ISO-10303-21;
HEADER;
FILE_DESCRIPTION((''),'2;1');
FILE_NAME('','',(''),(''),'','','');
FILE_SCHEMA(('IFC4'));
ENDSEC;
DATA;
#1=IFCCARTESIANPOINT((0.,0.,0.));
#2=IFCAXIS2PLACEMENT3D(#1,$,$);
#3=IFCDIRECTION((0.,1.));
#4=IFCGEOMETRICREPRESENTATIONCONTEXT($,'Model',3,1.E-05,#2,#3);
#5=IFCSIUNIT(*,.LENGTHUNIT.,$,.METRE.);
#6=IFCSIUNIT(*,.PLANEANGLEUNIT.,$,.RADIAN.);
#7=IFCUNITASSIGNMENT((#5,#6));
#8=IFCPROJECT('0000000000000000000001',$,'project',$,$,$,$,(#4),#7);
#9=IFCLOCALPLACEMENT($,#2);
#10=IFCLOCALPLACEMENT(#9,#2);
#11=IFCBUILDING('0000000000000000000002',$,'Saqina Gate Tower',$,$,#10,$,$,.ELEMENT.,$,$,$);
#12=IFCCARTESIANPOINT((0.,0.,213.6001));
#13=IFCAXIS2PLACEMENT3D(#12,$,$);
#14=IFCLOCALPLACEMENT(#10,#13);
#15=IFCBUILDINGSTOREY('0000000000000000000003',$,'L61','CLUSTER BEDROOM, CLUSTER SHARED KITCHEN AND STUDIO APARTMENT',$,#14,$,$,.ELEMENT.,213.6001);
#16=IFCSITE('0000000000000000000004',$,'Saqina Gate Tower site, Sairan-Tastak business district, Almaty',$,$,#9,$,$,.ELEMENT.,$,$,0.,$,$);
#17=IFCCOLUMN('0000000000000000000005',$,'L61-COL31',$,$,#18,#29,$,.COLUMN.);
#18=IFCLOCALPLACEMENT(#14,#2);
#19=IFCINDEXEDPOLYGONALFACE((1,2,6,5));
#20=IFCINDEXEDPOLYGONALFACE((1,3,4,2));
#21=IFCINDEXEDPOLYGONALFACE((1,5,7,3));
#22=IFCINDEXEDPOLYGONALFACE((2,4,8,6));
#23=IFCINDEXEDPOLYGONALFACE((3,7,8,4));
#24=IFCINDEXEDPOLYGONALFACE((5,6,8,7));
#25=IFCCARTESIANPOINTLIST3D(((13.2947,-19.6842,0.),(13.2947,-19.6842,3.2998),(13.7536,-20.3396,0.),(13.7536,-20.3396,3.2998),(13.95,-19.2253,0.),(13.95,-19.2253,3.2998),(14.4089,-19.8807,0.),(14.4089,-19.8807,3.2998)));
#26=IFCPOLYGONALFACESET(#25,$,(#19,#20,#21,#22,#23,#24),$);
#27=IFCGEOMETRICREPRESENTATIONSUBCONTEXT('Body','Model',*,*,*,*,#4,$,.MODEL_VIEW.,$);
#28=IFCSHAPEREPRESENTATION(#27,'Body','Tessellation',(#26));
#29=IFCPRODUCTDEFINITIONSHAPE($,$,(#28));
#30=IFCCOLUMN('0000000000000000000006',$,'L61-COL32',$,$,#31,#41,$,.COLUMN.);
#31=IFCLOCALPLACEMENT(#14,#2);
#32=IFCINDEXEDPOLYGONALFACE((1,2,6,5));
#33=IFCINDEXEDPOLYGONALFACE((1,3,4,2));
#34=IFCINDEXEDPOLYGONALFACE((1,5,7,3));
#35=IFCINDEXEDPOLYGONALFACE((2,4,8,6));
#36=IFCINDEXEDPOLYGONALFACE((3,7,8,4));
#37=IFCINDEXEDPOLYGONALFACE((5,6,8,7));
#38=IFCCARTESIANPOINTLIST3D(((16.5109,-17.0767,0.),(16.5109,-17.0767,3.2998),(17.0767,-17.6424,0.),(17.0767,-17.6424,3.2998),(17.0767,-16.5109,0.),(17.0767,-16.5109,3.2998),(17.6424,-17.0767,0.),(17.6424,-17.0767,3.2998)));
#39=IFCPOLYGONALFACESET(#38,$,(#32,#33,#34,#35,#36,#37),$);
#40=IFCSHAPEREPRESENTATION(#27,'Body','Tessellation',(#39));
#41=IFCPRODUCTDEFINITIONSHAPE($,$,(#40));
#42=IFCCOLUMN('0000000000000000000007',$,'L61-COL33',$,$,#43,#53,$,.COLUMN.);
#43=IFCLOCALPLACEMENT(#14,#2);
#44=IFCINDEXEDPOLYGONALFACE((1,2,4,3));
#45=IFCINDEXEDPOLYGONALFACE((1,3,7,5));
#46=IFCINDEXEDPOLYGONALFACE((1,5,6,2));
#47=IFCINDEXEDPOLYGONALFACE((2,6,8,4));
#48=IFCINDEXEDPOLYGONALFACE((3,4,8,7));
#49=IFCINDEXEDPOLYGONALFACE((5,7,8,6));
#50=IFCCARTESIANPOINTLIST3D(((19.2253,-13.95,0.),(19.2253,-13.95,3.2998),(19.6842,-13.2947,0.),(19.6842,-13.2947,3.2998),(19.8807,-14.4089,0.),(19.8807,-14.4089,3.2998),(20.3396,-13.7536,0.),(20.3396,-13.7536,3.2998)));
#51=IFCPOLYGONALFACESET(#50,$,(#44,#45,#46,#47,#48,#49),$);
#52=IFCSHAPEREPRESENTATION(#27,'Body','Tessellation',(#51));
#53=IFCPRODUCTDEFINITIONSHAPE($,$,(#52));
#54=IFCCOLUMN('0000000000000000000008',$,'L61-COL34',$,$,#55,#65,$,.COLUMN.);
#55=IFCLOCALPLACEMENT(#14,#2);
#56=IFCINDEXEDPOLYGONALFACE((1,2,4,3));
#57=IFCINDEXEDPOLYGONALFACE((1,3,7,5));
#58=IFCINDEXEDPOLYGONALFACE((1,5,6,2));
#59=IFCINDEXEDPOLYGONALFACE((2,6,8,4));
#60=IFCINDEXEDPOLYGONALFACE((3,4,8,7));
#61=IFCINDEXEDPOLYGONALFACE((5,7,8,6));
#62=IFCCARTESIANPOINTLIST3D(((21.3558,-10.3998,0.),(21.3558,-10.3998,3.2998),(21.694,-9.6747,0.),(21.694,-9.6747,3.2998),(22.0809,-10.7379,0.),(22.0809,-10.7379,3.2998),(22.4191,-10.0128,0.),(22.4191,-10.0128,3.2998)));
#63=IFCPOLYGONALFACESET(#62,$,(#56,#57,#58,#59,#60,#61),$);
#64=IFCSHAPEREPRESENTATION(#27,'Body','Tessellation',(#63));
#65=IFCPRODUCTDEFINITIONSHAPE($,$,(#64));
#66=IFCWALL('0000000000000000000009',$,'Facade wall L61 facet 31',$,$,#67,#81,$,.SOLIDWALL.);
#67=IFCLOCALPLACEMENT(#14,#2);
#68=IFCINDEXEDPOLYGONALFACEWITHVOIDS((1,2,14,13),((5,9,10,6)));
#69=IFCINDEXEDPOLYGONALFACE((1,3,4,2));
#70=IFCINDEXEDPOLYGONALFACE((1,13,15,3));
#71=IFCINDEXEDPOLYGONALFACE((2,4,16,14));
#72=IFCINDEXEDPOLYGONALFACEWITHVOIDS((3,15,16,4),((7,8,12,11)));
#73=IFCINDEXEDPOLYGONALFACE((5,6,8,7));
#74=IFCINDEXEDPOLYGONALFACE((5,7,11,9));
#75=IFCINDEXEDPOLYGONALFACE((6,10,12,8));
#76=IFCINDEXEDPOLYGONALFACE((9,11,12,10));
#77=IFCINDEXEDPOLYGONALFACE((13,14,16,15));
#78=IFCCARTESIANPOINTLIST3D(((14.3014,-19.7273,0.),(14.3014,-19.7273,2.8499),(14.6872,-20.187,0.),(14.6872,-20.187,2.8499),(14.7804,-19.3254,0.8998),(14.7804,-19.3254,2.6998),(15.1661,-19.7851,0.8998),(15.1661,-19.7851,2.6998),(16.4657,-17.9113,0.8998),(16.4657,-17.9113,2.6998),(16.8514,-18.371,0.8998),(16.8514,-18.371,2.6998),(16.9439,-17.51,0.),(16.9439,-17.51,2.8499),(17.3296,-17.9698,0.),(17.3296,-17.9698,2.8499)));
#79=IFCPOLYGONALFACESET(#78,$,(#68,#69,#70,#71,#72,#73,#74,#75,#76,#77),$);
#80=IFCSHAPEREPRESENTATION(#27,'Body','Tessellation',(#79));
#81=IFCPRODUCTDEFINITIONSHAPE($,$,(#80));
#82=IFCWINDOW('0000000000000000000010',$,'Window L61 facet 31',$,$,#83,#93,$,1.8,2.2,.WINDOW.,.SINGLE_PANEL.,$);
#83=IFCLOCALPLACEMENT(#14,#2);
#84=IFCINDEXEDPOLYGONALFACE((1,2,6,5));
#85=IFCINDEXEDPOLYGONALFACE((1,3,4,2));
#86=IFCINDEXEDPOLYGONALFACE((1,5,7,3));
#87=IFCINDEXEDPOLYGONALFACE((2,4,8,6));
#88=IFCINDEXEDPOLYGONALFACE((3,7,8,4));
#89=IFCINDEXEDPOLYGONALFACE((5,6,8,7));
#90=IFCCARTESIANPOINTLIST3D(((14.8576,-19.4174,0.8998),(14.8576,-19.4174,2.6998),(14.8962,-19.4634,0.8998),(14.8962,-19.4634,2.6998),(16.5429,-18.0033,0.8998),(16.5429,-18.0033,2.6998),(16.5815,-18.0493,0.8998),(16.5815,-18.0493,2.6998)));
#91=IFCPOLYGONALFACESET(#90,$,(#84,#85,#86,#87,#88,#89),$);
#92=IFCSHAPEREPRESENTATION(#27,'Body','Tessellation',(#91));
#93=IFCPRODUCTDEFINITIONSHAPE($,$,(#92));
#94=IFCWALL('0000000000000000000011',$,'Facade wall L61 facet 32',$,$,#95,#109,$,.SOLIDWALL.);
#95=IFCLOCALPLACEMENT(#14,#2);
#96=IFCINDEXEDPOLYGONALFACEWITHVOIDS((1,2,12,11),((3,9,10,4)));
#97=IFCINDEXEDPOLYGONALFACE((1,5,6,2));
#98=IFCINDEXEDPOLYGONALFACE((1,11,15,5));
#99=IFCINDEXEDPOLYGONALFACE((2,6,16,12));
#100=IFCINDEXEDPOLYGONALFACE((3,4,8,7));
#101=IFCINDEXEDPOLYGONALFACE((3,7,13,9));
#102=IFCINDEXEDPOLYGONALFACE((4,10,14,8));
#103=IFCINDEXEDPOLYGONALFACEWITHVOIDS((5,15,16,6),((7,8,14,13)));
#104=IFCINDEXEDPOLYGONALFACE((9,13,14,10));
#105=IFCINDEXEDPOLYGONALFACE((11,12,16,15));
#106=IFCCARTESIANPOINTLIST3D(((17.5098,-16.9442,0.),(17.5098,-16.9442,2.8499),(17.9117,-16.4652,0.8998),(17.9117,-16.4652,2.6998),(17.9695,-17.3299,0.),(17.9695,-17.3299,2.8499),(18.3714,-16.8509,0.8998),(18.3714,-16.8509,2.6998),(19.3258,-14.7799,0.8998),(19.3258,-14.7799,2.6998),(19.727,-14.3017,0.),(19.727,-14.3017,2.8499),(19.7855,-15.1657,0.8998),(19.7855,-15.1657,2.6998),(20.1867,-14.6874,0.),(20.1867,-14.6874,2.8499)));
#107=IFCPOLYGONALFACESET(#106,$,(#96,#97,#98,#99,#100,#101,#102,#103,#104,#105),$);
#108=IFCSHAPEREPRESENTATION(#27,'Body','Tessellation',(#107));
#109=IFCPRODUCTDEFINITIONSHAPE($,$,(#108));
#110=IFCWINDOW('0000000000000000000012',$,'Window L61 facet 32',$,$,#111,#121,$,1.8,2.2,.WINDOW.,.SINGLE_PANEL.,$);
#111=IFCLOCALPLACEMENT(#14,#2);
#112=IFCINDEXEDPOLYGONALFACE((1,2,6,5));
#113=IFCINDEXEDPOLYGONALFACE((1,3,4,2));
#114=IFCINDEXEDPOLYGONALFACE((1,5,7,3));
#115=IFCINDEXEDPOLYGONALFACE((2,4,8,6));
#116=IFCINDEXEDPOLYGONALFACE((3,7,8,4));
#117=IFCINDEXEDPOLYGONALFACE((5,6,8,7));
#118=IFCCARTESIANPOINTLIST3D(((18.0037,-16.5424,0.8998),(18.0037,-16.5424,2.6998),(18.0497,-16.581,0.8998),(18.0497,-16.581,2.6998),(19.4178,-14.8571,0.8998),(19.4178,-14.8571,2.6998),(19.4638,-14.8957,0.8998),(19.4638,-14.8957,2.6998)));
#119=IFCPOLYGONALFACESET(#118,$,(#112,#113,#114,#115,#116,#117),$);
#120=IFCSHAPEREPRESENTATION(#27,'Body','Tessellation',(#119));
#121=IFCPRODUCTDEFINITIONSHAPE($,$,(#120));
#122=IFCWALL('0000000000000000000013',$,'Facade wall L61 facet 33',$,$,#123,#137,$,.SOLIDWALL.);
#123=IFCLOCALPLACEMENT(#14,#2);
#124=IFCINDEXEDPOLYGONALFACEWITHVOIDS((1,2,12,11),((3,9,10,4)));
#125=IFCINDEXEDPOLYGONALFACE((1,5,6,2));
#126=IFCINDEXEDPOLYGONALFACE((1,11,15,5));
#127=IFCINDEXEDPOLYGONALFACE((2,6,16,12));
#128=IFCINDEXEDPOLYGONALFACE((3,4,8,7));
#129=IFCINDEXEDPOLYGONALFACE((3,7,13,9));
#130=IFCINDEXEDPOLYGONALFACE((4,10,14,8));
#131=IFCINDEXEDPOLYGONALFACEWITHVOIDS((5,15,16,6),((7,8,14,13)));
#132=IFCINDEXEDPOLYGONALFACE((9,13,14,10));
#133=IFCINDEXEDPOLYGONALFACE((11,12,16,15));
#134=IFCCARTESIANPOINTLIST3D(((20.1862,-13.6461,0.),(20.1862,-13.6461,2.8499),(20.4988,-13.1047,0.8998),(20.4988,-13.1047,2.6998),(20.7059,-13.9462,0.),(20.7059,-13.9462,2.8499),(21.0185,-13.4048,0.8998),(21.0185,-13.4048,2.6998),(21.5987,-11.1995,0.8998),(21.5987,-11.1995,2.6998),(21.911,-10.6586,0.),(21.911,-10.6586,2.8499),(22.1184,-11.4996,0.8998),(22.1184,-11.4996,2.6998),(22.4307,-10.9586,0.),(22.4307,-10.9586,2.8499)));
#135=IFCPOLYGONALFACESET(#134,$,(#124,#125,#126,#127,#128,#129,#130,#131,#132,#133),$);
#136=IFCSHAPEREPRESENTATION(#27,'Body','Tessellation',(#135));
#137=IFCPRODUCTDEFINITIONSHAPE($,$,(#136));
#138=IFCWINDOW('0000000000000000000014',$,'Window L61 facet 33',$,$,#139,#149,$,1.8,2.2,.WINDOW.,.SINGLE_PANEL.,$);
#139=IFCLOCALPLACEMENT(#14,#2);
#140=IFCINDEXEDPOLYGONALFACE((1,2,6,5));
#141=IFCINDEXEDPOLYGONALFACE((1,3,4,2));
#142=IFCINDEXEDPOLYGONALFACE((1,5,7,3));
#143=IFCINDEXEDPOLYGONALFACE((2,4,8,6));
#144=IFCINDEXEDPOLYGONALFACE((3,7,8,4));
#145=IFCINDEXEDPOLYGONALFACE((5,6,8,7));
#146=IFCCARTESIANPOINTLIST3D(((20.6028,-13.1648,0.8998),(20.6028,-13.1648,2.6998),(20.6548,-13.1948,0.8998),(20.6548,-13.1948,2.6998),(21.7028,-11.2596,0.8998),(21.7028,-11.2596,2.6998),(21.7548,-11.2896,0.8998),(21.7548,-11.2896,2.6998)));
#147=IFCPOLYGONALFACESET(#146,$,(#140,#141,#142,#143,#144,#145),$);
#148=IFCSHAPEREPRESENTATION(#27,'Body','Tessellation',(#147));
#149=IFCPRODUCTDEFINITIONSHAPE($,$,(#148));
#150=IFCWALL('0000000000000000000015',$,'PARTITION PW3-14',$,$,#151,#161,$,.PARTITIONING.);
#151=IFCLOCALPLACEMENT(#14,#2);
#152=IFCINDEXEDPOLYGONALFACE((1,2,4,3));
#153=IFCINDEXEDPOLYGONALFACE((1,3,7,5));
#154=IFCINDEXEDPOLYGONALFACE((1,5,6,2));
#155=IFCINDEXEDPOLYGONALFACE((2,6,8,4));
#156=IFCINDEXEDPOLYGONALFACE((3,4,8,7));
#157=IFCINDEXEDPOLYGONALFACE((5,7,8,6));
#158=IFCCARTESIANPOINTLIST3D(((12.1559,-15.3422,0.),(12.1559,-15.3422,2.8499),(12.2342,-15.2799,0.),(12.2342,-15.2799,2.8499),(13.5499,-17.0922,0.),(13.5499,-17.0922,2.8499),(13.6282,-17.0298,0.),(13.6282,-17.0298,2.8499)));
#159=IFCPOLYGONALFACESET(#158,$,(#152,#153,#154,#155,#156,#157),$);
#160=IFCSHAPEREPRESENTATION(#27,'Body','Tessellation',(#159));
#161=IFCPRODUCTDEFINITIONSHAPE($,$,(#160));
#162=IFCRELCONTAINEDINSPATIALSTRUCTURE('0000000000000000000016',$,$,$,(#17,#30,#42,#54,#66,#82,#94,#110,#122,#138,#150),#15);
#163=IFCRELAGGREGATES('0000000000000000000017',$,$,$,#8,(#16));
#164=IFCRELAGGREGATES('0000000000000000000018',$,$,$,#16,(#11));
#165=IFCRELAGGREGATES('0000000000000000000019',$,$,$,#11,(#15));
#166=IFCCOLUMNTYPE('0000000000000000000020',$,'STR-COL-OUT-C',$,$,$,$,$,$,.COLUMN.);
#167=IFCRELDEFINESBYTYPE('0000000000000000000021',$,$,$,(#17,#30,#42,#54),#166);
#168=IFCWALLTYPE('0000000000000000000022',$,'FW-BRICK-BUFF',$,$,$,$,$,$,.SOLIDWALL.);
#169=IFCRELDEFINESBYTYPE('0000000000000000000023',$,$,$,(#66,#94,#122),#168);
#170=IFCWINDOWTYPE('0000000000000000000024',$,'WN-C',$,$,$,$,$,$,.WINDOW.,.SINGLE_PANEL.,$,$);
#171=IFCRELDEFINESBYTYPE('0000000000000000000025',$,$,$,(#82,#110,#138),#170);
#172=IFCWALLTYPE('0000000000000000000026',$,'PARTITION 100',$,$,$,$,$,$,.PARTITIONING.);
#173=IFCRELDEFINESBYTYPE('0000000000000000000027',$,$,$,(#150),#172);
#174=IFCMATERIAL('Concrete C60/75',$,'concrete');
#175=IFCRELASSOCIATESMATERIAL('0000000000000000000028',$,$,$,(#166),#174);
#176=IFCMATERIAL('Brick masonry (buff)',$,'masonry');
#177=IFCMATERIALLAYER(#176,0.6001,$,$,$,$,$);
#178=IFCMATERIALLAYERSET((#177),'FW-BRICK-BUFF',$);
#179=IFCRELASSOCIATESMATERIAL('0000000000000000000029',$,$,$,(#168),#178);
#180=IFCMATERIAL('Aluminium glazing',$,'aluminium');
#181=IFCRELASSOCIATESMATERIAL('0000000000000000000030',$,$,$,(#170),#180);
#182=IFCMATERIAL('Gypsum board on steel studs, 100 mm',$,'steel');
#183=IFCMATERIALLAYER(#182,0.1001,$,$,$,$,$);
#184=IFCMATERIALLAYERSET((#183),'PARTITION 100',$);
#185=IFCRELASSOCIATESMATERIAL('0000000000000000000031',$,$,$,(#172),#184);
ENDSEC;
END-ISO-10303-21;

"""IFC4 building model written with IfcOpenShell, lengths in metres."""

from ifc_helpers import new_model, si_unit, direction, frame, frame_2d, origin, origin_2d, place, context, subcontext, project, spatial, rectangle, extrude, material, layer, layer_set, material_profile, profile_set, type_object, element, fill, save


model = new_model("IFC4")

# Units and contexts
model_context = context("Model", 3, precision=1e-05, world=origin(), true_north=direction((0.0, 1.0)))
body_context = subcontext(model_context, "Body", "Model", "MODEL_VIEW")
ifc_project = project(units=[si_unit("LENGTHUNIT", "METRE"), si_unit("PLANEANGLEUNIT", "RADIAN")], contexts=[model_context])

# Site, building, storey
site_placement = place(None, origin())
site = spatial("IfcSite", under=ifc_project, at=site_placement, Name="Saqina Gate Tower site, Sairan-Tastak business district, Almaty", CompositionType="ELEMENT", RefElevation=0.0)
building_placement = place(site_placement, origin())
building = spatial("IfcBuilding", under=site, at=building_placement, Name="Saqina Gate Tower", CompositionType="ELEMENT")
storey_placement = place(building_placement, frame((0.0, 0.0, 213.6001)))
storey = spatial("IfcBuildingStorey", under=building, at=storey_placement, Name="L61", Description="CLUSTER BEDROOM, CLUSTER SHARED KITCHEN AND STUDIO APARTMENT", CompositionType="ELEMENT", Elevation=213.6001)

# Columns
ifc_material_1 = material(Name="Concrete C60/75", Category="concrete")
ifc_material_profile = material_profile(ifc_material_1, rectangle(XDim=0.8, YDim=0.8, at=origin_2d()), Name="RC 800x800")
ifc_profile_set = profile_set([ifc_material_profile], Name="Concrete C60/75")
column_type = type_object("IfcColumnType", Name="STR-COL-OUT-C", PredefinedType="COLUMN", material=ifc_profile_set)
for number, where, z_axis, x_axis, name in (
    (1, (13.8518, -19.7825, 0.0), (0.0, 0.0, 1.0), (0.573576, -0.819152, 0.0), "L61-COL31"),
    (2, (17.0767, -17.0767, 0.0), (0.0, 0.0, 1.0), (0.707107, -0.707107, 0.0), "L61-COL32"),
    (3, (19.7825, -13.8518, 0.0), (0.0, 0.0, 1.0), (0.819152, -0.573576, 0.0), "L61-COL33"),
    (4, (21.8875, -10.2063, 0.0), (0.0, 0.0, 1.0), (0.906308, -0.422618, 0.0), "L61-COL34"),
):
    element("IfcColumn", number, at=place(storey_placement, frame(where, z_axis=z_axis, x_axis=x_axis)), inside=storey, type_object=column_type, Name=name, PredefinedType="COLUMN", context=body_context, shape_type="SweptSolid", body=[
        extrude(rectangle(XDim=0.8, YDim=0.8, at=origin_2d()), origin(), (0.0, 0.0, 1.0), 3.2998),
    ])

# Walls, openings, windows
ifc_material_2 = material(Name="Brick masonry (buff)", Category="masonry")
ifc_layer_1 = layer(ifc_material_2, 0.6001)
ifc_layer_set_1 = layer_set([ifc_layer_1], Name="FW-BRICK-BUFF")
wall_type_1 = type_object("IfcWallType", Name="FW-BRICK-BUFF", PredefinedType="SOLIDWALL", material=ifc_layer_set_1)
wall_1_placement = place(storey_placement, frame((14.4944, -19.957, 0.0), z_axis=(0.0, 0.0, 1.0), x_axis=(0.766059, 0.64277, 0.0)))
wall_1 = element("IfcWall", 5, at=wall_1_placement, inside=storey, type_object=wall_type_1, Name="Facade wall L61 facet 31", PredefinedType="SOLIDWALL", context=body_context, shape_type="SweptSolid", body=[
    extrude(rectangle(XDim=3.4495, YDim=0.6001, at=frame_2d((1.7246, 0.0))), origin(), (0.0, 0.0, 1.0), 2.8499),
])
opening_1_placement = place(wall_1_placement, frame((0.625, 0.0, 0.8999)))
opening_1 = element("IfcOpeningElement", 6, at=opening_1_placement, cuts=wall_1, PredefinedType="OPENING", context=body_context, shape_type="SweptSolid", body=[
    extrude(rectangle(XDim=2.2, YDim=1.8, at=frame_2d((1.1001, 0.8999))), frame((0.0, 0.312, 0.0), z_axis=(0.0, -1.0, 0.0), x_axis=(1.0, 0.0, 0.0)), (0.0, 0.0, 1.0), 0.624),
])
ifc_material_3 = material(Name="Aluminium glazing", Category="aluminium")
window_type = type_object("IfcWindowType", Name="WN-C", PartitioningType="SINGLE_PANEL", PredefinedType="WINDOW", material=ifc_material_3)
window_1_placement = place(opening_1_placement, origin())
window_1 = element("IfcWindow", 7, at=window_1_placement, inside=storey, type_object=window_type, Name="Window L61 facet 31", OverallHeight=1.8, OverallWidth=2.2, PartitioningType="SINGLE_PANEL", PredefinedType="WINDOW", context=body_context, shape_type="SweptSolid", body=[
    extrude(rectangle(XDim=2.2, YDim=1.8, at=frame_2d((1.1001, 0.8999))), frame((0.0, 0.1799, 0.0), z_axis=(0.0, -1.0, 0.0), x_axis=(1.0, 0.0, 0.0)), (0.0, 0.0, 1.0), 0.0601),
])
fill(opening_1, window_1)
wall_2_placement = place(storey_placement, frame((17.7397, -17.137, 0.0), z_axis=(0.0, 0.0, 1.0), x_axis=(0.64277, 0.766059, 0.0)))
wall_2 = element("IfcWall", 8, at=wall_2_placement, inside=storey, type_object=wall_type_1, Name="Facade wall L61 facet 32", PredefinedType="SOLIDWALL", context=body_context, shape_type="SweptSolid", body=[
    extrude(rectangle(XDim=3.4495, YDim=0.6001, at=frame_2d((1.7246, 0.0))), origin(), (0.0, 0.0, 1.0), 2.8499),
])
opening_2_placement = place(wall_2_placement, frame((0.625, 0.0, 0.8999)))
opening_2 = element("IfcOpeningElement", 9, at=opening_2_placement, cuts=wall_2, PredefinedType="OPENING", context=body_context, shape_type="SweptSolid", body=[
    extrude(rectangle(XDim=2.2, YDim=1.8, at=frame_2d((1.1001, 0.8999))), frame((0.0, 0.312, 0.0), z_axis=(0.0, -1.0, 0.0), x_axis=(1.0, 0.0, 0.0)), (0.0, 0.0, 1.0), 0.624),
])
window_2_placement = place(opening_2_placement, origin())
window_2 = element("IfcWindow", 10, at=window_2_placement, inside=storey, type_object=window_type, Name="Window L61 facet 32", OverallHeight=1.8, OverallWidth=2.2, PartitioningType="SINGLE_PANEL", PredefinedType="WINDOW", context=body_context, shape_type="SweptSolid", body=[
    extrude(rectangle(XDim=2.2, YDim=1.8, at=frame_2d((1.1001, 0.8999))), frame((0.0, 0.1799, 0.0), z_axis=(0.0, -1.0, 0.0), x_axis=(1.0, 0.0, 0.0)), (0.0, 0.0, 1.0), 0.0601),
])
fill(opening_2, window_2)
wall_3_placement = place(storey_placement, frame((20.446, -13.7961, 0.0), z_axis=(0.0, 0.0, 1.0), x_axis=(0.499998, 0.866026, 0.0)))
wall_3 = element("IfcWall", 11, at=wall_3_placement, inside=storey, type_object=wall_type_1, Name="Facade wall L61 facet 33", PredefinedType="SOLIDWALL", context=body_context, shape_type="SweptSolid", body=[
    extrude(rectangle(XDim=3.4497, YDim=0.6001, at=frame_2d((1.7249, 0.0))), origin(), (0.0, 0.0, 1.0), 2.8499),
])
opening_3_placement = place(wall_3_placement, frame((0.625, 0.0, 0.8999)))
opening_3 = element("IfcOpeningElement", 12, at=opening_3_placement, cuts=wall_3, PredefinedType="OPENING", context=body_context, shape_type="SweptSolid", body=[
    extrude(rectangle(XDim=2.2, YDim=1.8, at=frame_2d((1.1001, 0.8999))), frame((0.0, 0.312, 0.0), z_axis=(0.0, -1.0, 0.0), x_axis=(1.0, 0.0, 0.0)), (0.0, 0.0, 1.0), 0.624),
])
window_3_placement = place(opening_3_placement, origin())
window_3 = element("IfcWindow", 13, at=window_3_placement, inside=storey, type_object=window_type, Name="Window L61 facet 33", OverallHeight=1.8, OverallWidth=2.2, PartitioningType="SINGLE_PANEL", PredefinedType="WINDOW", context=body_context, shape_type="SweptSolid", body=[
    extrude(rectangle(XDim=2.2, YDim=1.8, at=frame_2d((1.1001, 0.8999))), frame((0.0, 0.1799, 0.0), z_axis=(0.0, -1.0, 0.0), x_axis=(1.0, 0.0, 0.0)), (0.0, 0.0, 1.0), 0.0601),
])
fill(opening_3, window_3)

# Wall
ifc_material_4 = material(Name="Gypsum board on steel studs, 100 mm", Category="steel")
ifc_layer_2 = layer(ifc_material_4, 0.1001)
ifc_layer_set_2 = layer_set([ifc_layer_2], Name="PARTITION 100")
wall_type_2 = type_object("IfcWallType", Name="PARTITION 100", PredefinedType="PARTITIONING", material=ifc_layer_set_2)
wall_4_placement = place(storey_placement, frame((12.1951, -15.311, 0.0), z_axis=(0.0, 0.0, 1.0), x_axis=(0.62307, -0.782166, 0.0)))
element("IfcWall", 14, at=wall_4_placement, inside=storey, type_object=wall_type_2, Name="PARTITION PW3-14", PredefinedType="PARTITIONING", context=body_context, shape_type="SweptSolid", body=[
    extrude(rectangle(XDim=2.2373, YDim=0.1001, at=frame_2d((1.1187, 0.0))), origin(), (0.0, 0.0, 1.0), 2.8499),
])

save(model, "model.ifc")
